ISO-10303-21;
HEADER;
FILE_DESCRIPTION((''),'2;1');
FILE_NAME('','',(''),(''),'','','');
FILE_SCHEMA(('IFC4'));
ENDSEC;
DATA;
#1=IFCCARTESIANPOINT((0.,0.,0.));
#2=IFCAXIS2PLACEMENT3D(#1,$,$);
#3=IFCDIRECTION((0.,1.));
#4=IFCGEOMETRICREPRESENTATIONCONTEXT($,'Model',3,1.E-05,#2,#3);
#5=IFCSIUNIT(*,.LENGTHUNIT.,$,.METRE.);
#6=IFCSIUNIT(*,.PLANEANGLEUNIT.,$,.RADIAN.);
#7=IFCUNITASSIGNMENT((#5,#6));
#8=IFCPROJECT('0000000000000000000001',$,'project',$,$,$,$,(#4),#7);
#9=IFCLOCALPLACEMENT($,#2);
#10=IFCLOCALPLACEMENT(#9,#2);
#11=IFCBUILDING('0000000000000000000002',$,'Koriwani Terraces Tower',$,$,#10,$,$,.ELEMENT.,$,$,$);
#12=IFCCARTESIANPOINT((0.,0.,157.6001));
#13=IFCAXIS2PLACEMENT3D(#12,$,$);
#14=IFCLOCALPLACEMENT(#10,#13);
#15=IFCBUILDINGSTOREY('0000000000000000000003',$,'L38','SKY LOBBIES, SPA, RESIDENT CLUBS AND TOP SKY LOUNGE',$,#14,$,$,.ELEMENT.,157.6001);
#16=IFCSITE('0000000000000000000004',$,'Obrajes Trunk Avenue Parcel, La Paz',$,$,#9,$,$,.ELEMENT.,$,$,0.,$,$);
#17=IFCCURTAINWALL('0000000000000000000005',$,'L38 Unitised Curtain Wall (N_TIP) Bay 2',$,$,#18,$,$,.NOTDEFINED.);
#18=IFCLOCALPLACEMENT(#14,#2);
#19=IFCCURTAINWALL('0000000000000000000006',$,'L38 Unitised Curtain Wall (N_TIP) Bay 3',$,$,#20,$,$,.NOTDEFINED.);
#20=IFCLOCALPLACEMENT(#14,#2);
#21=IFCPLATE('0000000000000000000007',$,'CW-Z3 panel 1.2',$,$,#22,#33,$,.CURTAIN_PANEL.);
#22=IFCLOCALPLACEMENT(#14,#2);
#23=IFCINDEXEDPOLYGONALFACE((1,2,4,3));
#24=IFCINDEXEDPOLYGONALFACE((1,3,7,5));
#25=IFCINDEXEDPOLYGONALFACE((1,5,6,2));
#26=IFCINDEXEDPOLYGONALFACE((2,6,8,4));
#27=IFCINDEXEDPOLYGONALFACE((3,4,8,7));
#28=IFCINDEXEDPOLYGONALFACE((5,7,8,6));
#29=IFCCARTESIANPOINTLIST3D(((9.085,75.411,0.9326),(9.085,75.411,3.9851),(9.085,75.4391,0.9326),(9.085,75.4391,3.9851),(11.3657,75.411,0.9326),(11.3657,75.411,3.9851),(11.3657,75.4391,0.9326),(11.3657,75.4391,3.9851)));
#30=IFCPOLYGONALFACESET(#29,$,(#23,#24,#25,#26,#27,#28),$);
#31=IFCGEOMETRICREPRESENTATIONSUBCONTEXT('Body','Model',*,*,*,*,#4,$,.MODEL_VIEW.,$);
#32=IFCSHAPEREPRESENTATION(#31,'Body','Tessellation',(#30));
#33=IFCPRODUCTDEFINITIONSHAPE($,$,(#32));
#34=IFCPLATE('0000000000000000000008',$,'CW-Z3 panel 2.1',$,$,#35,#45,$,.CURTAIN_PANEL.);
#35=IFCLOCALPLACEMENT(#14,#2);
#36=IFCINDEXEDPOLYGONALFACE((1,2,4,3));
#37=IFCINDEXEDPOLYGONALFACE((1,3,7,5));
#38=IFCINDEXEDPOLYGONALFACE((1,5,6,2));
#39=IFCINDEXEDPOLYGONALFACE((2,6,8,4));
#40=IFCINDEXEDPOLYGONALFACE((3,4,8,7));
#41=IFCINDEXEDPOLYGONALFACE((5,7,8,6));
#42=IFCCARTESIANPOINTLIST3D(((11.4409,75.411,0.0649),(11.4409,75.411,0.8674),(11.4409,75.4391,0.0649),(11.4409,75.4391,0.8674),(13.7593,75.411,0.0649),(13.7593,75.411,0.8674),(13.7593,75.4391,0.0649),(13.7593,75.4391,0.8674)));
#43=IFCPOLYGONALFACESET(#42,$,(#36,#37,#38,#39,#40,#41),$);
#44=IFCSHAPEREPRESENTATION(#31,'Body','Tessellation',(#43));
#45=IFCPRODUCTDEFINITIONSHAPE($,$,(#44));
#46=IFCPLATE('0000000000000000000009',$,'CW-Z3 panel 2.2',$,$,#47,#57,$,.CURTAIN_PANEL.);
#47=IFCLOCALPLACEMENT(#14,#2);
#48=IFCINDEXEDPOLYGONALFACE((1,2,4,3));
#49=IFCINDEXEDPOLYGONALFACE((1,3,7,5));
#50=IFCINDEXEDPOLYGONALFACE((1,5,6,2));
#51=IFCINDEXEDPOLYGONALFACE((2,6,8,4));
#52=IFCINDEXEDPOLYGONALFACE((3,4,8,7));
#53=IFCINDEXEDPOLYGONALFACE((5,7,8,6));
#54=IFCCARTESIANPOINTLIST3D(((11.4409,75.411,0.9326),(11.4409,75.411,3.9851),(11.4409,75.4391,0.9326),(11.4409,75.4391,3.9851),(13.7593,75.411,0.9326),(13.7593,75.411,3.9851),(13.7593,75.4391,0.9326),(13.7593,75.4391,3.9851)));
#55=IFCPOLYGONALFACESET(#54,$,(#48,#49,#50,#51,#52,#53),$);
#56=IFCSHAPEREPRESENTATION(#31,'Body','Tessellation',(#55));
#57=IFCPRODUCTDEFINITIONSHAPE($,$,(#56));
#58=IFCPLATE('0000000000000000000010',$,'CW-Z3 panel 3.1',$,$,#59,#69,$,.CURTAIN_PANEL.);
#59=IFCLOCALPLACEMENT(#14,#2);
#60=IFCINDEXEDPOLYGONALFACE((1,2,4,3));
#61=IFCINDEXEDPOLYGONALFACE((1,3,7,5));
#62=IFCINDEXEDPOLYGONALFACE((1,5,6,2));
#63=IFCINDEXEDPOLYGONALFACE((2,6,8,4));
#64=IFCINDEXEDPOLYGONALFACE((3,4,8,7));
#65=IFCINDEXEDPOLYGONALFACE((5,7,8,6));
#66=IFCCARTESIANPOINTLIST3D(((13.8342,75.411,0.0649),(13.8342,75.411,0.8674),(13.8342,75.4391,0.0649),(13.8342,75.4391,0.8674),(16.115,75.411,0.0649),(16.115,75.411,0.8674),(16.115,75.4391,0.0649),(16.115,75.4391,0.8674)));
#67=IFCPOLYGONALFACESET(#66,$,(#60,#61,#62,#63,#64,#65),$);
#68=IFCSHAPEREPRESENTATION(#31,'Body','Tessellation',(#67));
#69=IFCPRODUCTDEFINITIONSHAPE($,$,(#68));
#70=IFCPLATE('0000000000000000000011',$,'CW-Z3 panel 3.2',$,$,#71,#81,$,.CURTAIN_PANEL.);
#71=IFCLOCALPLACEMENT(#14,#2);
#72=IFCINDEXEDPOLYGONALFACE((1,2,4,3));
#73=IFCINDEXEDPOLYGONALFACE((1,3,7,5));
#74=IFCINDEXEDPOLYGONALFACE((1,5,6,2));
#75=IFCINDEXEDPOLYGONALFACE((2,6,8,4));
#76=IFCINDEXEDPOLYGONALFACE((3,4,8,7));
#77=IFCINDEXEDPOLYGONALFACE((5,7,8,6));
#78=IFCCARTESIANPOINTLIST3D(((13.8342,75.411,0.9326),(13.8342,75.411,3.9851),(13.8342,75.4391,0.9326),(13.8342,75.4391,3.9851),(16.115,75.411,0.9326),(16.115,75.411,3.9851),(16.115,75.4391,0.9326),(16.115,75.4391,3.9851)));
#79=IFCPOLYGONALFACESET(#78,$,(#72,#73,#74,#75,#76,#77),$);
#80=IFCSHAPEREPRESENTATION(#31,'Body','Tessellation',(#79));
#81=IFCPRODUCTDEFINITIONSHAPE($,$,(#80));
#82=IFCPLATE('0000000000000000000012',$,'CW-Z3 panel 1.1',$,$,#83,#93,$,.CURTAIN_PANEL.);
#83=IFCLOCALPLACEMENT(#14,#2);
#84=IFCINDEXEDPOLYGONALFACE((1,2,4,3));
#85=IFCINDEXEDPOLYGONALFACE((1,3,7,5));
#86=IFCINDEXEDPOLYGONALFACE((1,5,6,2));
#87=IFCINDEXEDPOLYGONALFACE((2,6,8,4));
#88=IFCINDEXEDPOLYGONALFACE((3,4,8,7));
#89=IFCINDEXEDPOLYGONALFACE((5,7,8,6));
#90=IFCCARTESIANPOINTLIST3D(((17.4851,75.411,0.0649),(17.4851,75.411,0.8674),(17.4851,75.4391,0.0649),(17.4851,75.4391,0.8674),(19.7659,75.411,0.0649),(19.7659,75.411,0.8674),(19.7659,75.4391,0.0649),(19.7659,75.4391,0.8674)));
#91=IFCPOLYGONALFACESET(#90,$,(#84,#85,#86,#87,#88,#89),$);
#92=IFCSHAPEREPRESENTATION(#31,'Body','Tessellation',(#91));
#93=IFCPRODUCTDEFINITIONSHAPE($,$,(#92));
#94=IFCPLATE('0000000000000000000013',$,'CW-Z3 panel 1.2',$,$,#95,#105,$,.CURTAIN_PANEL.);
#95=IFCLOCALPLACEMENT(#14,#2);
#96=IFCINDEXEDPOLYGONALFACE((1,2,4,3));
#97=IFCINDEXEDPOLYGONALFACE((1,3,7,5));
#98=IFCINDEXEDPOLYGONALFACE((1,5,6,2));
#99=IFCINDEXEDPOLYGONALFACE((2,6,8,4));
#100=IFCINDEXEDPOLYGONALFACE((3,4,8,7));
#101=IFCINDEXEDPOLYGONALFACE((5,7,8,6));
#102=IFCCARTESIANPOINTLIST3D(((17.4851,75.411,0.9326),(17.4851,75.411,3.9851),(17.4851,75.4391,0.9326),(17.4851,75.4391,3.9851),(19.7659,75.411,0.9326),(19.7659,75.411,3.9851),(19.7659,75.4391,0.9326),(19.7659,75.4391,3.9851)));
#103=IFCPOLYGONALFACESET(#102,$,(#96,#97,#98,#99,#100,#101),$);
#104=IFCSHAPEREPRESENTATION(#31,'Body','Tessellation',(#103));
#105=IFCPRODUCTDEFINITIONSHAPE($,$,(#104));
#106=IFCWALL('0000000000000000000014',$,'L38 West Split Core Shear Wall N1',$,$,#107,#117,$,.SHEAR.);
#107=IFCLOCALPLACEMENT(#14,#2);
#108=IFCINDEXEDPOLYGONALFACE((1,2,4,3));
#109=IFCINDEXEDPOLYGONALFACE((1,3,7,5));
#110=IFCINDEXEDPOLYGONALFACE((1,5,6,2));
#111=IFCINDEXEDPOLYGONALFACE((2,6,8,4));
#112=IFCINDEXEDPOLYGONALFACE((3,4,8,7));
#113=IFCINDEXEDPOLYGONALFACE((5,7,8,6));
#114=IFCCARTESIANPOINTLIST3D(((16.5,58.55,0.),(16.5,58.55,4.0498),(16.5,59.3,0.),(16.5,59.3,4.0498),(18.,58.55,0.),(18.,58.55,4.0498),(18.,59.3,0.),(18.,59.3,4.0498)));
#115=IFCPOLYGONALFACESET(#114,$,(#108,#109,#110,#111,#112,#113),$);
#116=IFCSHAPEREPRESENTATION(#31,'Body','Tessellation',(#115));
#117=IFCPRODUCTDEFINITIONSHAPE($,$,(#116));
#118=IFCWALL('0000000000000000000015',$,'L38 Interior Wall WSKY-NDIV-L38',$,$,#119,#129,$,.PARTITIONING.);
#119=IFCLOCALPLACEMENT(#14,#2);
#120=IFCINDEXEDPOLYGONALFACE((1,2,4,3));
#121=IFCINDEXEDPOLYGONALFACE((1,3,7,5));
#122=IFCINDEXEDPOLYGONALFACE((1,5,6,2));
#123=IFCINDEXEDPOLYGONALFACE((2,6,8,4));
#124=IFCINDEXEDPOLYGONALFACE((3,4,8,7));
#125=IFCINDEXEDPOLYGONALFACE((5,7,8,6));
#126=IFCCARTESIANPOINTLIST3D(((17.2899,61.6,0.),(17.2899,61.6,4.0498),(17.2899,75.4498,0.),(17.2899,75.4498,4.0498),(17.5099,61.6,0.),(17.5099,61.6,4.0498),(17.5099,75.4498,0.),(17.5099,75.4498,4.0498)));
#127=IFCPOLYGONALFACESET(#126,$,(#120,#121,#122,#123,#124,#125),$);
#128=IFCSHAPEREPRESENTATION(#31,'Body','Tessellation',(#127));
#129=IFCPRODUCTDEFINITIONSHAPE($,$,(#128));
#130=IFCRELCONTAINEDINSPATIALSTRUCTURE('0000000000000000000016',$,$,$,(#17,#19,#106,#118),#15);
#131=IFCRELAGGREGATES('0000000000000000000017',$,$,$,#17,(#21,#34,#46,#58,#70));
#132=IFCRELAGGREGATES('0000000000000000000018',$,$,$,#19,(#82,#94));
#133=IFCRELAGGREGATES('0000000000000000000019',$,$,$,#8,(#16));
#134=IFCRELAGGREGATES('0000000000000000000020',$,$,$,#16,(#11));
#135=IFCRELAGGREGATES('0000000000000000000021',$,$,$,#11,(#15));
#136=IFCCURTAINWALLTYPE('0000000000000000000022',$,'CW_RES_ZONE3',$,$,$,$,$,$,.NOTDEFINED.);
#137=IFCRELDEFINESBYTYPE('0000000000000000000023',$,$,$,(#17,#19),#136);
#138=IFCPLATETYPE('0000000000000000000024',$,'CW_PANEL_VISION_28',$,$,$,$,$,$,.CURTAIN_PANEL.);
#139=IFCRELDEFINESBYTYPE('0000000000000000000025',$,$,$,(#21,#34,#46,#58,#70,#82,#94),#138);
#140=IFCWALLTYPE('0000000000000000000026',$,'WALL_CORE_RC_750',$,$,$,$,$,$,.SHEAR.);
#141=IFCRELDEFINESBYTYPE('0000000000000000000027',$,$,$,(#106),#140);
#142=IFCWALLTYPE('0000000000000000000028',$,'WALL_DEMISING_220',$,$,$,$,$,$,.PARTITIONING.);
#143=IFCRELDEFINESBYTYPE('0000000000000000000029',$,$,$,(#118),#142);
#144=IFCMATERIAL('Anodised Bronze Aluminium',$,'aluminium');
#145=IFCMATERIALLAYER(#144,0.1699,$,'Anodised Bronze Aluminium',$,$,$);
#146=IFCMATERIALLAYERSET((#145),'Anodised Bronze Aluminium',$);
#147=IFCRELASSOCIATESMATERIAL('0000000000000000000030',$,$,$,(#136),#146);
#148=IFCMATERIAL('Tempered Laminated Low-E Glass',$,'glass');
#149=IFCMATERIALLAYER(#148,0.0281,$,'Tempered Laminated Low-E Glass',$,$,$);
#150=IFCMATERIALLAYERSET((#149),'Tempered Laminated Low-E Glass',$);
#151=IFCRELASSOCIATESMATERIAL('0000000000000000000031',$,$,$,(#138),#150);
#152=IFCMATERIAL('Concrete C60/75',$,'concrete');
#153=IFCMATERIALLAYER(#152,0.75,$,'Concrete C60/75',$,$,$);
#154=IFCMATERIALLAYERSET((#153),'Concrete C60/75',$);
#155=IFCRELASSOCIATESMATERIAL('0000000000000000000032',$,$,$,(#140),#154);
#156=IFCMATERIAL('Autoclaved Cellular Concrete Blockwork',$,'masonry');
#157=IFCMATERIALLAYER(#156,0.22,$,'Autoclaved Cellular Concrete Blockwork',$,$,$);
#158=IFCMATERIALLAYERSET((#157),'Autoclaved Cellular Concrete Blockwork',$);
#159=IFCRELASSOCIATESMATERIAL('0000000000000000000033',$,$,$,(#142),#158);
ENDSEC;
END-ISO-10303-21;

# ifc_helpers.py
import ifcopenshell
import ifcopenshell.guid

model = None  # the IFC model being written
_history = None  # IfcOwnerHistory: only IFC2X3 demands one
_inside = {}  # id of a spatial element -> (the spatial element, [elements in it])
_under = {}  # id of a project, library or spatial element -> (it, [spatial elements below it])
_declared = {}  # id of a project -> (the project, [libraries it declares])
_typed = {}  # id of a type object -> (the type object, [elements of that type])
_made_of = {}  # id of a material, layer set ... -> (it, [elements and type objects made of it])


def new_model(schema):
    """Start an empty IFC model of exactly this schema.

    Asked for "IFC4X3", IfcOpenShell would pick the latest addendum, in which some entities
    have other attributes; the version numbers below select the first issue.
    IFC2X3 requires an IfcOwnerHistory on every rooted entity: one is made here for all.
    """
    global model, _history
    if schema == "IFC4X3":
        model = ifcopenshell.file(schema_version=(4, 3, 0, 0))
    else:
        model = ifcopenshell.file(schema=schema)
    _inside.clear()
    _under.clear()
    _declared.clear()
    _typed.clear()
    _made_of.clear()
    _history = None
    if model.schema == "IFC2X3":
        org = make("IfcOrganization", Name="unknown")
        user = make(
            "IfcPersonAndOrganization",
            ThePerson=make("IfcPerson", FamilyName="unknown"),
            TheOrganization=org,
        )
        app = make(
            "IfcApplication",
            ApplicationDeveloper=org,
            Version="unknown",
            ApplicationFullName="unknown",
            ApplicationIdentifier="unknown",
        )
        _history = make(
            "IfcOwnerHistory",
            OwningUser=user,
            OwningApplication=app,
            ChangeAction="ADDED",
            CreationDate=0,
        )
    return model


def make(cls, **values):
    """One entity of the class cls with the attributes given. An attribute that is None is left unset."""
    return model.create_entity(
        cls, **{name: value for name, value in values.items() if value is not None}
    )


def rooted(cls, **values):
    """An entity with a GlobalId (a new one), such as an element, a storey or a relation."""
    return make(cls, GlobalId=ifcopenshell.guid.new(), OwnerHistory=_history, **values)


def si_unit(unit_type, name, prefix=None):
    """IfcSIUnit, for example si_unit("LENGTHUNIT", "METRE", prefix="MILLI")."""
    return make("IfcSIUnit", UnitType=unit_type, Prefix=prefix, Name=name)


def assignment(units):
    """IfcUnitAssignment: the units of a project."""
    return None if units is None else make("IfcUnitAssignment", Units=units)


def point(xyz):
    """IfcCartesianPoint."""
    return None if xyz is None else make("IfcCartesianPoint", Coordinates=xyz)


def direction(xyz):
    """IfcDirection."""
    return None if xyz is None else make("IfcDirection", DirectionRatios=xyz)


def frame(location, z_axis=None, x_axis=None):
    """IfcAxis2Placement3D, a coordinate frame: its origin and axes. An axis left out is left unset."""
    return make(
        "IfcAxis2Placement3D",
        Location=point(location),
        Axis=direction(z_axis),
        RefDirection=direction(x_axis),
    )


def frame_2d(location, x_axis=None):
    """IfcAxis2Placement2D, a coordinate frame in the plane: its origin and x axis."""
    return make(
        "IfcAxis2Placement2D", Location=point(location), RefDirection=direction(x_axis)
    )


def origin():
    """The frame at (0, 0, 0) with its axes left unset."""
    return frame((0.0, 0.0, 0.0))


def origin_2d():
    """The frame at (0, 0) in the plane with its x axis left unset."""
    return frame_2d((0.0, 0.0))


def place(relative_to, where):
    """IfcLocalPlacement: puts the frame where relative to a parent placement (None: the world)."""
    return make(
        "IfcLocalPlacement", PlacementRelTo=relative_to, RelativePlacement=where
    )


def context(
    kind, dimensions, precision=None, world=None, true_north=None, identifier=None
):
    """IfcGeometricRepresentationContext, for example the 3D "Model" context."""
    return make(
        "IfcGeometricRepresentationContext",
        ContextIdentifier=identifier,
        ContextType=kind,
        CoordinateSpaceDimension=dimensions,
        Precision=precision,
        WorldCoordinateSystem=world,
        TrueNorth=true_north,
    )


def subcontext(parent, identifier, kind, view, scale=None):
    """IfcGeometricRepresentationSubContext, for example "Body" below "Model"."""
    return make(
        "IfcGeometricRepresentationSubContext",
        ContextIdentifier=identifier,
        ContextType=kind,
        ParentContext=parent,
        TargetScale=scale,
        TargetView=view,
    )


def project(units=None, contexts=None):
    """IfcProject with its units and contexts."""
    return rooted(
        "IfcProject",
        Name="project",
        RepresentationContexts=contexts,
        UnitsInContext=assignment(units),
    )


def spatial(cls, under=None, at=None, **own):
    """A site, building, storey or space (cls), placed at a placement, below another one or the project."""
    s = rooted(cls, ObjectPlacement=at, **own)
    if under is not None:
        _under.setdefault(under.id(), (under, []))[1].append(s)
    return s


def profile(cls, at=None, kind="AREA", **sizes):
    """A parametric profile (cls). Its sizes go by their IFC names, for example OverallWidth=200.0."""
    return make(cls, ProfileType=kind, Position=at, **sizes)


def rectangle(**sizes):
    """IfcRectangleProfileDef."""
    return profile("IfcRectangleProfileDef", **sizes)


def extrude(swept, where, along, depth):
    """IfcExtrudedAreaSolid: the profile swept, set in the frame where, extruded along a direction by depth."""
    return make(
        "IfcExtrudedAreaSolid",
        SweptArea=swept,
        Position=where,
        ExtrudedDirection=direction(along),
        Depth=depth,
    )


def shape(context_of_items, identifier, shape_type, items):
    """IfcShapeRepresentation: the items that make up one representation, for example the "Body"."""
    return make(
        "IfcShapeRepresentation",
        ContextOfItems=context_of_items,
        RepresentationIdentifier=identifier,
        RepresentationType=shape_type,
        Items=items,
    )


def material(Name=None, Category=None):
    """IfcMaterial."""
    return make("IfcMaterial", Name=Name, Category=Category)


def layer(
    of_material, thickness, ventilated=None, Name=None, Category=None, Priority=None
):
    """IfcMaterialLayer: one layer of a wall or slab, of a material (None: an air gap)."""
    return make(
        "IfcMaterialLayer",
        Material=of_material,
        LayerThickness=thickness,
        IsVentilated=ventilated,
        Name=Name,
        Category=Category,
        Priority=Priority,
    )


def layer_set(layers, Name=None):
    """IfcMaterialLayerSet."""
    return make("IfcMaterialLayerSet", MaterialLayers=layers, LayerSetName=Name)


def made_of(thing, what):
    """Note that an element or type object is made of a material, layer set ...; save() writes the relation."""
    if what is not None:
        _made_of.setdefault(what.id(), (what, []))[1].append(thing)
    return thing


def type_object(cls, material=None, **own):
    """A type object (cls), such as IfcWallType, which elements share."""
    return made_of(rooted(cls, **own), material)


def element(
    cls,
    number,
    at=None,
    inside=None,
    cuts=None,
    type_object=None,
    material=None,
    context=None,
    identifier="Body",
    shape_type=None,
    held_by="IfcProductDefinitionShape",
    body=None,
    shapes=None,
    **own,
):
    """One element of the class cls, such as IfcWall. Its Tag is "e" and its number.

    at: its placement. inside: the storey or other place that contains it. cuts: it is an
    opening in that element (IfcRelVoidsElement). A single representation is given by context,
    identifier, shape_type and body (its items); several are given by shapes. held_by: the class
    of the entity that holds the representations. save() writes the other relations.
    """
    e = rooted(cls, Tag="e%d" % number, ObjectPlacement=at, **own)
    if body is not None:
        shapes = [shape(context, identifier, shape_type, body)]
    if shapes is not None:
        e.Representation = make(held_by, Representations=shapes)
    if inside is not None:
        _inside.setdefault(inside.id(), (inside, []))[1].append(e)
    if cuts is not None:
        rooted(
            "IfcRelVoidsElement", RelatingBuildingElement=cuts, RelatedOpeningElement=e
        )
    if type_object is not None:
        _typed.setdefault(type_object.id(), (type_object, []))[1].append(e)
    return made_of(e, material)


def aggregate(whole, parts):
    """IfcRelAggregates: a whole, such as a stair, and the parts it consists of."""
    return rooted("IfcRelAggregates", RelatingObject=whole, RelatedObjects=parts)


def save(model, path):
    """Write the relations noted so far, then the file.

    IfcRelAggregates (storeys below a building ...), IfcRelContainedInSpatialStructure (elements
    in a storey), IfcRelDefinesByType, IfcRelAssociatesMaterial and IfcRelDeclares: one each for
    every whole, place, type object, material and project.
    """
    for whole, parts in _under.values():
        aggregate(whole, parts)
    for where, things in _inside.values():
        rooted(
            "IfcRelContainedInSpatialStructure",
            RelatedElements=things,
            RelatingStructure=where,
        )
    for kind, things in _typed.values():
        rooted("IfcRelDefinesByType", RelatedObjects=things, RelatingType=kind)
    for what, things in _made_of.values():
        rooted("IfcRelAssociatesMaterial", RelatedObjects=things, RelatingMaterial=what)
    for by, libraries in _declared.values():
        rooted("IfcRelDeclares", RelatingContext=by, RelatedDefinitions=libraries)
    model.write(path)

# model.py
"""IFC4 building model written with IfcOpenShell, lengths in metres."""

from ifc_helpers import new_model, si_unit, direction, frame, frame_2d, origin, origin_2d, place, context, subcontext, project, spatial, rectangle, extrude, material, layer, layer_set, type_object, element, aggregate, save


model = new_model("IFC4")

# Units and contexts
model_context = context("Model", 3, precision=1e-05, world=origin(), true_north=direction((0.0, 1.0)))
body_context = subcontext(model_context, "Body", "Model", "MODEL_VIEW")
ifc_project = project(units=[si_unit("LENGTHUNIT", "METRE"), si_unit("PLANEANGLEUNIT", "RADIAN")], contexts=[model_context])

# Site, building, storey
site_placement = place(None, origin())
site = spatial("IfcSite", under=ifc_project, at=site_placement, Name="Obrajes Trunk Avenue Parcel, La Paz", CompositionType="ELEMENT", RefElevation=0.0)
building_placement = place(site_placement, origin())
building = spatial("IfcBuilding", under=site, at=building_placement, Name="Koriwani Terraces Tower", CompositionType="ELEMENT")
storey_placement = place(building_placement, frame((0.0, 0.0, 157.6001)))
storey = spatial("IfcBuildingStorey", under=building, at=storey_placement, Name="L38", Description="SKY LOBBIES, SPA, RESIDENT CLUBS AND TOP SKY LOUNGE", CompositionType="ELEMENT", Elevation=157.6001)

# Shared definitions
ifc_material_1 = material(Name="Concrete C60/75", Category="concrete")

# Curtain wall
ifc_material_2 = material(Name="Anodised Bronze Aluminium", Category="aluminium")
ifc_layer_1 = layer(ifc_material_2, 0.1699, Name="Anodised Bronze Aluminium")
ifc_layer_set_1 = layer_set([ifc_layer_1], Name="Anodised Bronze Aluminium")
curtain_wall_type = type_object("IfcCurtainWallType", Name="CW_RES_ZONE3", PredefinedType="NOTDEFINED", material=ifc_layer_set_1)
curtain_wall_1_placement = place(storey_placement, origin())
curtain_wall_1 = element("IfcCurtainWall", 1, at=curtain_wall_1_placement, inside=storey, type_object=curtain_wall_type, Name="L38 Unitised Curtain Wall (N_TIP) Bay 2", PredefinedType="NOTDEFINED")

# Curtain wall
curtain_wall_2_placement = place(storey_placement, origin())
curtain_wall_2 = element("IfcCurtainWall", 2, at=curtain_wall_2_placement, inside=storey, type_object=curtain_wall_type, Name="L38 Unitised Curtain Wall (N_TIP) Bay 3", PredefinedType="NOTDEFINED")

# Plates
ifc_material_3 = material(Name="Tempered Laminated Low-E Glass", Category="glass")
ifc_layer_2 = layer(ifc_material_3, 0.0281, Name="Tempered Laminated Low-E Glass")
ifc_layer_set_2 = layer_set([ifc_layer_2], Name="Tempered Laminated Low-E Glass")
plate_type = type_object("IfcPlateType", Name="CW_PANEL_VISION_28", PredefinedType="CURTAIN_PANEL", material=ifc_layer_set_2)
plate_1_placement = place(storey_placement, frame((10.2253, 75.425, 0.9326), z_axis=(0.0, 0.0, 1.0), x_axis=(1.0, 0.0, 0.0)))
plate_1 = element("IfcPlate", 3, at=plate_1_placement, type_object=plate_type, Name="CW-Z3 panel 1.2", PredefinedType="CURTAIN_PANEL", context=body_context, shape_type="SweptSolid", body=[
    extrude(rectangle(XDim=2.2808, YDim=0.0281, at=origin_2d()), origin(), (0.0, 0.0, 1.0), 3.0525),
])
plate_2_placement = place(storey_placement, frame((12.6001, 75.425, 0.0649), z_axis=(0.0, 0.0, 1.0), x_axis=(1.0, 0.0, 0.0)))
plate_2 = element("IfcPlate", 4, at=plate_2_placement, type_object=plate_type, Name="CW-Z3 panel 2.1", PredefinedType="CURTAIN_PANEL", context=body_context, shape_type="SweptSolid", body=[
    extrude(rectangle(XDim=2.3184, YDim=0.0281, at=origin_2d()), origin(), (0.0, 0.0, 1.0), 0.8025),
])
plate_3_placement = place(storey_placement, frame((12.6001, 75.425, 0.9326), z_axis=(0.0, 0.0, 1.0), x_axis=(1.0, 0.0, 0.0)))
plate_3 = element("IfcPlate", 5, at=plate_3_placement, type_object=plate_type, Name="CW-Z3 panel 2.2", PredefinedType="CURTAIN_PANEL", context=body_context, shape_type="SweptSolid", body=[
    extrude(rectangle(XDim=2.3184, YDim=0.0281, at=origin_2d()), origin(), (0.0, 0.0, 1.0), 3.0525),
])
plate_4_placement = place(storey_placement, frame((14.9746, 75.425, 0.0649), z_axis=(0.0, 0.0, 1.0), x_axis=(1.0, 0.0, 0.0)))
plate_4 = element("IfcPlate", 6, at=plate_4_placement, type_object=plate_type, Name="CW-Z3 panel 3.1", PredefinedType="CURTAIN_PANEL", context=body_context, shape_type="SweptSolid", body=[
    extrude(rectangle(XDim=2.2808, YDim=0.0281, at=origin_2d()), origin(), (0.0, 0.0, 1.0), 0.8025),
])
plate_5_placement = place(storey_placement, frame((14.9746, 75.425, 0.9326), z_axis=(0.0, 0.0, 1.0), x_axis=(1.0, 0.0, 0.0)))
plate_5 = element("IfcPlate", 7, at=plate_5_placement, type_object=plate_type, Name="CW-Z3 panel 3.2", PredefinedType="CURTAIN_PANEL", context=body_context, shape_type="SweptSolid", body=[
    extrude(rectangle(XDim=2.2808, YDim=0.0281, at=origin_2d()), origin(), (0.0, 0.0, 1.0), 3.0525),
])
aggregate(curtain_wall_1, [plate_1, plate_2, plate_3, plate_4, plate_5])
plate_6_placement = place(storey_placement, frame((18.6255, 75.425, 0.0649), z_axis=(0.0, 0.0, 1.0), x_axis=(1.0, 0.0, 0.0)))
plate_6 = element("IfcPlate", 8, at=plate_6_placement, type_object=plate_type, Name="CW-Z3 panel 1.1", PredefinedType="CURTAIN_PANEL", context=body_context, shape_type="SweptSolid", body=[
    extrude(rectangle(XDim=2.2808, YDim=0.0281, at=origin_2d()), origin(), (0.0, 0.0, 1.0), 0.8025),
])
plate_7_placement = place(storey_placement, frame((18.6255, 75.425, 0.9326), z_axis=(0.0, 0.0, 1.0), x_axis=(1.0, 0.0, 0.0)))
plate_7 = element("IfcPlate", 9, at=plate_7_placement, type_object=plate_type, Name="CW-Z3 panel 1.2", PredefinedType="CURTAIN_PANEL", context=body_context, shape_type="SweptSolid", body=[
    extrude(rectangle(XDim=2.2808, YDim=0.0281, at=origin_2d()), origin(), (0.0, 0.0, 1.0), 3.0525),
])
aggregate(curtain_wall_2, [plate_6, plate_7])

# Walls
ifc_layer_3 = layer(ifc_material_1, 0.75, Name="Concrete C60/75")
ifc_layer_set_3 = layer_set([ifc_layer_3], Name="Concrete C60/75")
wall_type_1 = type_object("IfcWallType", Name="WALL_CORE_RC_750", PredefinedType="SHEAR", material=ifc_layer_set_3)
wall_1_placement = place(storey_placement, frame((16.5, 58.925, 0.0), z_axis=(0.0, 0.0, 1.0), x_axis=(1.0, 0.0, 0.0)))
element("IfcWall", 10, at=wall_1_placement, inside=storey, type_object=wall_type_1, Name="L38 West Split Core Shear Wall N1", PredefinedType="SHEAR", context=body_context, shape_type="SweptSolid", body=[
    extrude(rectangle(XDim=1.5, YDim=0.75, at=frame_2d((0.75, 0.0))), origin(), (0.0, 0.0, 1.0), 4.0498),
])
ifc_material_4 = material(Name="Autoclaved Cellular Concrete Blockwork", Category="masonry")
ifc_layer_4 = layer(ifc_material_4, 0.22, Name="Autoclaved Cellular Concrete Blockwork")
ifc_layer_set_4 = layer_set([ifc_layer_4], Name="Autoclaved Cellular Concrete Blockwork")
wall_type_2 = type_object("IfcWallType", Name="WALL_DEMISING_220", PredefinedType="PARTITIONING", material=ifc_layer_set_4)
wall_2_placement = place(storey_placement, frame((17.3999, 61.6001, 0.0), z_axis=(0.0, 0.0, 1.0), x_axis=(0.0, 1.0, 0.0)))
element("IfcWall", 11, at=wall_2_placement, inside=storey, type_object=wall_type_2, Name="L38 Interior Wall WSKY-NDIV-L38", PredefinedType="PARTITIONING", context=body_context, shape_type="SweptSolid", body=[
    extrude(rectangle(XDim=13.8499, YDim=0.22, at=frame_2d((6.9248, 0.0))), origin(), (0.0, 0.0, 1.0), 4.0498),
])

save(model, "model.ifc")
